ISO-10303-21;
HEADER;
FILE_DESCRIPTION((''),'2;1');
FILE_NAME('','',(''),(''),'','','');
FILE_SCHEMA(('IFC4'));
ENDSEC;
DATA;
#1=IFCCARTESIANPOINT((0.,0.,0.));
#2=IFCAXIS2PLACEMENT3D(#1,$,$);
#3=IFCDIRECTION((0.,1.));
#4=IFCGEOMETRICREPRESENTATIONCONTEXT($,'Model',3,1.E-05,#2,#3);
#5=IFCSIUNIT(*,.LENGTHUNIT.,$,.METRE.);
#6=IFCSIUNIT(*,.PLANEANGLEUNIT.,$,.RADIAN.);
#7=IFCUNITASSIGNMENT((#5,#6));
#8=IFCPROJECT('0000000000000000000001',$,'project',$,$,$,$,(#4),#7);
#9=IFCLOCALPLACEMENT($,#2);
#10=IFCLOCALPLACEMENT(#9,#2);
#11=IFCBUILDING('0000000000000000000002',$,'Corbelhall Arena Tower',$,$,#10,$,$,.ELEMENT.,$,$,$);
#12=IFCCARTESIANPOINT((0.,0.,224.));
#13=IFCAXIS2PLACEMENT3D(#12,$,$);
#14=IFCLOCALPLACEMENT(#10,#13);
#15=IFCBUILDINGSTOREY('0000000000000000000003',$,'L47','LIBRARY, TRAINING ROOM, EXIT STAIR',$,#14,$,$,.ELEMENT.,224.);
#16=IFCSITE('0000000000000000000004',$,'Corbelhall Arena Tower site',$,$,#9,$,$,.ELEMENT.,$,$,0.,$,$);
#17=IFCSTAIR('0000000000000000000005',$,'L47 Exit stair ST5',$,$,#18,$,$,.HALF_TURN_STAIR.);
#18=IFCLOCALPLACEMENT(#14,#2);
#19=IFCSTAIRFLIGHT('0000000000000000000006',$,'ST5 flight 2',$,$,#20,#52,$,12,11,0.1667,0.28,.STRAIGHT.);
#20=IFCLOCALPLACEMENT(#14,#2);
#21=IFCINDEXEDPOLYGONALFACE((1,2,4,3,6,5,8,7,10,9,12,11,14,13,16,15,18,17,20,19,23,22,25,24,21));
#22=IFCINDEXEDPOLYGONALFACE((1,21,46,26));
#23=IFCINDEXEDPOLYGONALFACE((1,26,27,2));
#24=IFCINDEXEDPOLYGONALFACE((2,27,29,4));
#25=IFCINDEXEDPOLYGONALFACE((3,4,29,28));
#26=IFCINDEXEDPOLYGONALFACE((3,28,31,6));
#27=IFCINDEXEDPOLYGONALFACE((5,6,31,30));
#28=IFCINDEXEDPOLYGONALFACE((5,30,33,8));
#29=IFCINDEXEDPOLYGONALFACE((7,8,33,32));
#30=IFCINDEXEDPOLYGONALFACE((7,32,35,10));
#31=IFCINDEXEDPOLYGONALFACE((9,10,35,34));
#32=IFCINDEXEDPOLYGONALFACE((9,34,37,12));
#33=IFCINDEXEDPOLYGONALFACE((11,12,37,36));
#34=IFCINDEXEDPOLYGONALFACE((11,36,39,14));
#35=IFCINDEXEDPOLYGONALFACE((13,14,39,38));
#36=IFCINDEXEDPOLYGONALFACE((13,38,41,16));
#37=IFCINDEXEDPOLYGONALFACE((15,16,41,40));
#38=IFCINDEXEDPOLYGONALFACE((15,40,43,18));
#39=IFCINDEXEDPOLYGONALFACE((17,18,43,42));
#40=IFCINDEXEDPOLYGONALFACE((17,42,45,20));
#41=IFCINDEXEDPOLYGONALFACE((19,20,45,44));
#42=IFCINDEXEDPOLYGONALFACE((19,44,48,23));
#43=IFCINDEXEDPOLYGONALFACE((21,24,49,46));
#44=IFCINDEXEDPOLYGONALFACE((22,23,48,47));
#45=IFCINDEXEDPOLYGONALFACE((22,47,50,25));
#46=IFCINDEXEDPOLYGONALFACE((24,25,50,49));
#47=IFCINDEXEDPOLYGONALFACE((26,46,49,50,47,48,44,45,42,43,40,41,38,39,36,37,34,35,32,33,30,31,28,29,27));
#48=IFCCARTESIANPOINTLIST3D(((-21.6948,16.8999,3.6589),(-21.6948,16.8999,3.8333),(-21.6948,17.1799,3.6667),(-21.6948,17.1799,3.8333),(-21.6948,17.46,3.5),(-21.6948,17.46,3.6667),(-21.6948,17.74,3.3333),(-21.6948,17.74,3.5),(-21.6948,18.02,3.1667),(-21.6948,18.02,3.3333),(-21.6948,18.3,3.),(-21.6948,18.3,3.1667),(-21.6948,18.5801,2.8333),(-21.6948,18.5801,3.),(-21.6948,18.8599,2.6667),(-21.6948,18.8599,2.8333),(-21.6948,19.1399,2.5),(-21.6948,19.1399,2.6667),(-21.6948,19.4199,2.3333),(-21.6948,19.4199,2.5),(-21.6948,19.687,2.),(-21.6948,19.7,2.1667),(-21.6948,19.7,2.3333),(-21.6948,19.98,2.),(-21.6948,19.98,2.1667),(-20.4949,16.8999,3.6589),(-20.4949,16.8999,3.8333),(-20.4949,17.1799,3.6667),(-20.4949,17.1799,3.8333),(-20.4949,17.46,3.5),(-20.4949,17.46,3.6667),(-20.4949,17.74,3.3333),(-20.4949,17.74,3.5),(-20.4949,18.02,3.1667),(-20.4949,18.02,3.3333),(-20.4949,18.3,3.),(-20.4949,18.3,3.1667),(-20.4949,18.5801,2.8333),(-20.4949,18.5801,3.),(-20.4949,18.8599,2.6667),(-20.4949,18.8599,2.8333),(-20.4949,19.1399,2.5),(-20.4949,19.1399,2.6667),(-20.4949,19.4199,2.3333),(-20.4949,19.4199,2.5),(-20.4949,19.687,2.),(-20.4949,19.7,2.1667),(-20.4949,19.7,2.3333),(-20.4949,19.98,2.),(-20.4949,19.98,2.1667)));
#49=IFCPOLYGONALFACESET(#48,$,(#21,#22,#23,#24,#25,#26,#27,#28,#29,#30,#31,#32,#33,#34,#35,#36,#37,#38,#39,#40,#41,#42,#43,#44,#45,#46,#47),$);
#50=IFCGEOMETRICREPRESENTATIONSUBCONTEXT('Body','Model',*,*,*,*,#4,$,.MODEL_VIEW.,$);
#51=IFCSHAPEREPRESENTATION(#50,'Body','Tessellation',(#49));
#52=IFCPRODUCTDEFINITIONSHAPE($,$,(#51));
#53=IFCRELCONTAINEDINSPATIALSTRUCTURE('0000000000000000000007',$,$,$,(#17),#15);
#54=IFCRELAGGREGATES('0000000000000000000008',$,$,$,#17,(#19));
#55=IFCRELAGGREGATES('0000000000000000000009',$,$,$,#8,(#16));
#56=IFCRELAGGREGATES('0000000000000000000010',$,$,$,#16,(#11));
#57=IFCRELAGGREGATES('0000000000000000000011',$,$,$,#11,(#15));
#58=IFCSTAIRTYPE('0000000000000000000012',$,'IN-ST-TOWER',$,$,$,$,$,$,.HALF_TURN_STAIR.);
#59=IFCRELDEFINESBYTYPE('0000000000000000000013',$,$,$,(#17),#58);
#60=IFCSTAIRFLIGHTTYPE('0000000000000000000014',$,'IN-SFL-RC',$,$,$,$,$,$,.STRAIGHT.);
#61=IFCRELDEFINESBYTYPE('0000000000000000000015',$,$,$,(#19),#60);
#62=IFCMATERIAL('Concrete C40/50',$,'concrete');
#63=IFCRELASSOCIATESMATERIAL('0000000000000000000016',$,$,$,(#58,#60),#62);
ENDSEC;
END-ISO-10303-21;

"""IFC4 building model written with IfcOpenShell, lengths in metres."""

from ifc_helpers import new_model, si_unit, direction, frame, origin, place, context, subcontext, project, spatial, polyline, outline, extrude, material, type_object, element, aggregate, save


model = new_model("IFC4")

# Units and contexts
model_context = context("Model", 3, precision=1e-05, world=origin(), true_north=direction((0.0, 1.0)))
body_context = subcontext(model_context, "Body", "Model", "MODEL_VIEW")
ifc_project = project(units=[si_unit("LENGTHUNIT", "METRE"), si_unit("PLANEANGLEUNIT", "RADIAN")], contexts=[model_context])

# Site, building, storey
site_placement = place(None, origin())
site = spatial("IfcSite", under=ifc_project, at=site_placement, Name="Corbelhall Arena Tower site", CompositionType="ELEMENT", RefElevation=0.0)
building_placement = place(site_placement, origin())
building = spatial("IfcBuilding", under=site, at=building_placement, Name="Corbelhall Arena Tower", CompositionType="ELEMENT")
storey_placement = place(building_placement, frame((0.0, 0.0, 224.0)))
storey = spatial("IfcBuildingStorey", under=building, at=storey_placement, Name="L47", Description="LIBRARY, TRAINING ROOM, EXIT STAIR", CompositionType="ELEMENT", Elevation=224.0)

# Shared definitions
ifc_material_1 = material(Name="Concrete C40/50", Category="concrete")

# Shared definitions
stair_type = type_object("IfcStairType", Name="IN-ST-TOWER", PredefinedType="HALF_TURN_STAIR", material=ifc_material_1)
stair_flight_type = type_object("IfcStairFlightType", Name="IN-SFL-RC", PredefinedType="STRAIGHT", material=ifc_material_1)

# Stair, stair flight
stair_1_placement = place(storey_placement, origin())
stair_1 = element("IfcStair", 1, at=stair_1_placement, inside=storey, type_object=stair_type, Name="L47 Exit stair ST5", PredefinedType="HALF_TURN_STAIR")
stair_flight_1_placement = place(storey_placement, frame((-21.095, 19.98, 2.0), z_axis=(0.0, 0.0, 1.0), x_axis=(0.0, -1.0, 0.0)))
stair_flight_1 = element("IfcStairFlight", 2, at=stair_flight_1_placement, type_object=stair_flight_type, Name="ST5 flight 2", NumberOfRisers=12, NumberOfTreads=11, PredefinedType="STRAIGHT", RiserHeight=0.1667, TreadLength=0.28, context=body_context, shape_type="SweptSolid", body=[
    extrude(outline(polyline([(0.0, 0.0), (0.0, 0.1667), (0.28, 0.1667), (0.28, 0.3333), (0.5601, 0.3333), (0.5601, 0.5), (0.8401, 0.5), (0.8401, 0.6667), (1.1201, 0.6667), (1.1201, 0.8333), (1.3999, 0.8333), (1.3999, 1.0), (1.6799, 1.0), (1.6799, 1.1667), (1.96, 1.1667), (1.96, 1.3333), (2.24, 1.3333), (2.24, 1.5), (2.52, 1.5), (2.52, 1.6667), (2.8, 1.6667), (2.8, 1.8333), (3.0801, 1.8333), (3.0801, 2.0), (3.0801, 1.6589), (0.293, 0.0), (0.0, 0.0)])), frame((0.0, 0.6001, 0.0), z_axis=(0.0, -1.0, 0.0), x_axis=(1.0, 0.0, 0.0)), (0.0, 0.0, 1.0), 1.2),
])
aggregate(stair_1, [stair_flight_1])

save(model, "model.ifc")
